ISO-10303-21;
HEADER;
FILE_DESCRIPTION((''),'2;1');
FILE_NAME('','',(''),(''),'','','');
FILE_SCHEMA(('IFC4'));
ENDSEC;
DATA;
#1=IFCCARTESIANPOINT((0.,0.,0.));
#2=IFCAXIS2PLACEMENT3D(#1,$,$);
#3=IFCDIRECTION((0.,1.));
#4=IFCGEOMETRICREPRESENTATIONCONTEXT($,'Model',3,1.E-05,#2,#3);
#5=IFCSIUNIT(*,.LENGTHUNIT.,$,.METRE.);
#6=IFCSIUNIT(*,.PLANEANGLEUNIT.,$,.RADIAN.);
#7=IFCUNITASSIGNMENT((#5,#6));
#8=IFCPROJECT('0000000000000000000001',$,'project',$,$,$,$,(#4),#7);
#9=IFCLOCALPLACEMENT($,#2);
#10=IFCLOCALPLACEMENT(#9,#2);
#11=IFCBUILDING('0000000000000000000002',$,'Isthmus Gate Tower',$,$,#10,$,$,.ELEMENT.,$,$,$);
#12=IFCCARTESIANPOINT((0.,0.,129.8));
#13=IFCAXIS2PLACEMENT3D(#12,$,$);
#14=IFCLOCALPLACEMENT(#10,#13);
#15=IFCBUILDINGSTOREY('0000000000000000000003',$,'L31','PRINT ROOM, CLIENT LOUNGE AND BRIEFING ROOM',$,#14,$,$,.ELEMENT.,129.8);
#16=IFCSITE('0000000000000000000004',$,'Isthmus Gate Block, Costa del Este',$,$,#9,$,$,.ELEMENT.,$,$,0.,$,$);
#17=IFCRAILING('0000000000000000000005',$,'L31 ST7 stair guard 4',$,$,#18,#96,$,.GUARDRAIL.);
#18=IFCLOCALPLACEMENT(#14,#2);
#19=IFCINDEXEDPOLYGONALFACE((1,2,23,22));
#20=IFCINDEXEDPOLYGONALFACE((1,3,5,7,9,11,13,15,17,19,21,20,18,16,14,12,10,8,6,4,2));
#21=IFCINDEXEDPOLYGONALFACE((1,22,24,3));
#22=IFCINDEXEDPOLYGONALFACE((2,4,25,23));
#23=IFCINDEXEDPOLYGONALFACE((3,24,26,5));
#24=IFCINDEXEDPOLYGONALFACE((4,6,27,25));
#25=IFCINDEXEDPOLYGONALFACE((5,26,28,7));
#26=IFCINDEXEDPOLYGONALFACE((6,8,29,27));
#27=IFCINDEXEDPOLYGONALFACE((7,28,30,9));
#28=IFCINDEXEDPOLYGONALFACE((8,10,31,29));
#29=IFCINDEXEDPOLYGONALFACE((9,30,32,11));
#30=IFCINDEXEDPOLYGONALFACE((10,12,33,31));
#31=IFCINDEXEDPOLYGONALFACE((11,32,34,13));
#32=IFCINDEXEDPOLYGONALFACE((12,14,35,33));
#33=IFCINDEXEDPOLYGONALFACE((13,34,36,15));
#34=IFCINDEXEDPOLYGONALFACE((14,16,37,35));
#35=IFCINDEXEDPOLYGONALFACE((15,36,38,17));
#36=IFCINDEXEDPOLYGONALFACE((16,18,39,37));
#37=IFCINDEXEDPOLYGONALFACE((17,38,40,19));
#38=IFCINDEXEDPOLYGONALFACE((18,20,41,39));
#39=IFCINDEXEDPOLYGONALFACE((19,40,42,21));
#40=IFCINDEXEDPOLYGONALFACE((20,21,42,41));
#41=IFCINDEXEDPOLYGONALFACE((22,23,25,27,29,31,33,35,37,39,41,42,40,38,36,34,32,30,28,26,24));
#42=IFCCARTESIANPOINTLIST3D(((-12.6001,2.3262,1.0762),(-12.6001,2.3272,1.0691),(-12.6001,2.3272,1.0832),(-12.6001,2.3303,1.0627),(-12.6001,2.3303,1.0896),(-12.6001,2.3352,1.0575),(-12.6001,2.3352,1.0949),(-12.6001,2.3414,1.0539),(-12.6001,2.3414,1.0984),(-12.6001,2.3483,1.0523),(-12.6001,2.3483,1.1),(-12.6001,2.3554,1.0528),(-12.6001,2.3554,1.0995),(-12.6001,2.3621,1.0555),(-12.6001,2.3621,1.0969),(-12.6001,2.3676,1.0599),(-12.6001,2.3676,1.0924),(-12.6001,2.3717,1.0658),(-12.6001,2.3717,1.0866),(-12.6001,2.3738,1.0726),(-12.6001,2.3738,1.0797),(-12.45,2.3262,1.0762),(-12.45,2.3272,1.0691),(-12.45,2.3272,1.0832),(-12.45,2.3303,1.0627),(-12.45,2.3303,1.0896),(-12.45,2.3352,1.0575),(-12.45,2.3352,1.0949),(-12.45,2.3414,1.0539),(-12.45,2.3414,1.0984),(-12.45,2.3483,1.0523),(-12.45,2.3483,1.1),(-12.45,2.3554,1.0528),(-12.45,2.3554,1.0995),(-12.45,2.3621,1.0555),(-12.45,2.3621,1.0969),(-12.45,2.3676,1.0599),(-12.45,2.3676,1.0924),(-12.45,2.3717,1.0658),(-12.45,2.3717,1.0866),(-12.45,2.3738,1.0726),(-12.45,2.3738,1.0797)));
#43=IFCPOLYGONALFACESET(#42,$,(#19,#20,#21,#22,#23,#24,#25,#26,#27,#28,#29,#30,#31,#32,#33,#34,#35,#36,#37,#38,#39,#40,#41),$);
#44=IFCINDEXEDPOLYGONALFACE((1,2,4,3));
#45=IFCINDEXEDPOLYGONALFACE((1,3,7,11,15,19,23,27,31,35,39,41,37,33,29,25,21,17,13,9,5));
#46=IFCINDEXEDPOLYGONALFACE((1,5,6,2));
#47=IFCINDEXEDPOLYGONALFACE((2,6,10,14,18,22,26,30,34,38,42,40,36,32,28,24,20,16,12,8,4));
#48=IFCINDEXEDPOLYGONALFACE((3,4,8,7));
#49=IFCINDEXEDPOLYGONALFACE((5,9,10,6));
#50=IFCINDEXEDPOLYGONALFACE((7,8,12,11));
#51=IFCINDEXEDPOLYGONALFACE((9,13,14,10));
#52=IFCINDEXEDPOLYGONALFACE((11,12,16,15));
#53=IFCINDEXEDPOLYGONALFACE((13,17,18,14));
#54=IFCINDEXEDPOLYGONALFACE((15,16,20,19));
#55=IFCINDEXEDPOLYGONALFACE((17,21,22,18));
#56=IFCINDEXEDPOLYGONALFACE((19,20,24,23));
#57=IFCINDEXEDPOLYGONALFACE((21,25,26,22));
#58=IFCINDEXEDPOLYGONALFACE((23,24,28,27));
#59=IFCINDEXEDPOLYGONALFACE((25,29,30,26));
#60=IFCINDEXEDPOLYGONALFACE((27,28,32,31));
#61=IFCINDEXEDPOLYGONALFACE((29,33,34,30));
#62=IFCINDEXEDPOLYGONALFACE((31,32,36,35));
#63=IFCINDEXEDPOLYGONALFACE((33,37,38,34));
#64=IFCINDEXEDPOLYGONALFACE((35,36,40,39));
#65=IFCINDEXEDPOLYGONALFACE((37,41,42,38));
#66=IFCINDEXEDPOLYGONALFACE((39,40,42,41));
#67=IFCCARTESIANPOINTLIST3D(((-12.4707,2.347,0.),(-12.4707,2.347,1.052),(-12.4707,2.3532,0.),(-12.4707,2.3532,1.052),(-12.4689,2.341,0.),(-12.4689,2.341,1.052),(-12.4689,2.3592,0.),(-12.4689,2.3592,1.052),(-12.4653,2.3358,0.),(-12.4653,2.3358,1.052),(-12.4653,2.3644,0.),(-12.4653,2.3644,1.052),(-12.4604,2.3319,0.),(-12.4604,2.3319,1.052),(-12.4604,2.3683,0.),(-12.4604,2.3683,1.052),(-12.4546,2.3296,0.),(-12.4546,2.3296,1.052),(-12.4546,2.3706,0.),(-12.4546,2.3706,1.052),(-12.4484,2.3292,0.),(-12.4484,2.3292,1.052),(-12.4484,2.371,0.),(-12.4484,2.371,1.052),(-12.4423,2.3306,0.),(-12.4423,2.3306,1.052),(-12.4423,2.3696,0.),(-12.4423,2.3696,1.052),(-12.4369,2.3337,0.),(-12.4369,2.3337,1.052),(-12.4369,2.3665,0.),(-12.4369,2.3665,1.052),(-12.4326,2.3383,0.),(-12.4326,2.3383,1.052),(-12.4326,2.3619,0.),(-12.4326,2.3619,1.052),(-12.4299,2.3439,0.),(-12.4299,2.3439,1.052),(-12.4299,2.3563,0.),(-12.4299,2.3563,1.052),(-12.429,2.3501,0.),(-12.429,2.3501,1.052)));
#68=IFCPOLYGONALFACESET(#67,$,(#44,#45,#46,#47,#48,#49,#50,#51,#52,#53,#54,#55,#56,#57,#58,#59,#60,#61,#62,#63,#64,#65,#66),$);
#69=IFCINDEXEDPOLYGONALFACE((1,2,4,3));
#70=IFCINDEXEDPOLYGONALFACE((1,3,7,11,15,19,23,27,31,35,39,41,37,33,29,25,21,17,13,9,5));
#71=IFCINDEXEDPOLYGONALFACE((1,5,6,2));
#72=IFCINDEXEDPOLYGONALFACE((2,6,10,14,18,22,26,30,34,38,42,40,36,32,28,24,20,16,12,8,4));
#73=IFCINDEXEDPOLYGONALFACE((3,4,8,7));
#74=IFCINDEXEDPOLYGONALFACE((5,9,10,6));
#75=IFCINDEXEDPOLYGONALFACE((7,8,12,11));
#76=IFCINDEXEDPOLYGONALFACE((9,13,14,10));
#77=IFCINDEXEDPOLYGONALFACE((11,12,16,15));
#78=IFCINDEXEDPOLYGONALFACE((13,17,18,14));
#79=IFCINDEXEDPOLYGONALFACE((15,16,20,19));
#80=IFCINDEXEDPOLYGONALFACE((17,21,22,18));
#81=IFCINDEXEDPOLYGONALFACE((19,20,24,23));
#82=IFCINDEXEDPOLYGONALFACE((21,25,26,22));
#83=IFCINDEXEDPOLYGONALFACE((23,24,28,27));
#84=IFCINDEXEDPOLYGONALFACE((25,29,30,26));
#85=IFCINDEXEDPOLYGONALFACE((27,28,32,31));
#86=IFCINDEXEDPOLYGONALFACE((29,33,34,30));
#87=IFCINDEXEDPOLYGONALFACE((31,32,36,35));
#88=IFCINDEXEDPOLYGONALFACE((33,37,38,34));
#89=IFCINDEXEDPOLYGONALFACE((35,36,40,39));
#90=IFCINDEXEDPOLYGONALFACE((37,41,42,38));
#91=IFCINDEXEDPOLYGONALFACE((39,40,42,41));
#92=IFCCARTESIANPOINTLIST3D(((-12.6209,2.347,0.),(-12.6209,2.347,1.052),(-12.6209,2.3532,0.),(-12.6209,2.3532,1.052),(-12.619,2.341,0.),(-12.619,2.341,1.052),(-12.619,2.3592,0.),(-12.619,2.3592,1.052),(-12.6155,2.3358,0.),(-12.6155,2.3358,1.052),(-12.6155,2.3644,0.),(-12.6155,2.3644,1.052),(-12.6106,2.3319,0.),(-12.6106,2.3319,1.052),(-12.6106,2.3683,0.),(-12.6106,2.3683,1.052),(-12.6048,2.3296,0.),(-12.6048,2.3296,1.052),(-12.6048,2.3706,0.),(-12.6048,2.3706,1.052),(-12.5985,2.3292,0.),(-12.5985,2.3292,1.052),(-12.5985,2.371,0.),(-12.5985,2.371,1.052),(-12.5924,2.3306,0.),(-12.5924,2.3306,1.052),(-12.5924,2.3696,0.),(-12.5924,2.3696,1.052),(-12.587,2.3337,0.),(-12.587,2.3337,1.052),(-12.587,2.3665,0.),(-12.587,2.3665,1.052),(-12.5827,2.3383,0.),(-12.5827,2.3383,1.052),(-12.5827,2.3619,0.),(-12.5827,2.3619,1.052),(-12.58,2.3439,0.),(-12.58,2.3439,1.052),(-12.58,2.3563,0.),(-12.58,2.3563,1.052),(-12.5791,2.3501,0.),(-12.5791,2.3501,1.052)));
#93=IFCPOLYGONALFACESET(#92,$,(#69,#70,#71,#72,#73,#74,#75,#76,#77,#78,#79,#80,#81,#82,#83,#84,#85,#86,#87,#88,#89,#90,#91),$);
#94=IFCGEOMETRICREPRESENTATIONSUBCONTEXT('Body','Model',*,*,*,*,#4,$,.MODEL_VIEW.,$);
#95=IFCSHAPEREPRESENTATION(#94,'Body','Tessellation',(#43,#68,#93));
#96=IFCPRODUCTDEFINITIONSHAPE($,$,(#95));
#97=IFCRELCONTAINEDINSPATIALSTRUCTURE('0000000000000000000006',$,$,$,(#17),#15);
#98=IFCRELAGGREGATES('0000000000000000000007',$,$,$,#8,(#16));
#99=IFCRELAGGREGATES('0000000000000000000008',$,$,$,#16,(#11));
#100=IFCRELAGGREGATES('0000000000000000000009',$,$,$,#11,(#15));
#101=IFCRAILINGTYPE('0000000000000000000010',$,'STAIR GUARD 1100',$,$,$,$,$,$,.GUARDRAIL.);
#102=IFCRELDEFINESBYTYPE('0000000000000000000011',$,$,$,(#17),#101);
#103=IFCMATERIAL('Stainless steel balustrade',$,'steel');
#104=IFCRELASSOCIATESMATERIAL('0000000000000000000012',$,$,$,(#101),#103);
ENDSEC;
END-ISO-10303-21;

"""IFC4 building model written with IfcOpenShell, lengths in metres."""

from ifc_helpers import new_model, si_unit, direction, frame, origin, origin_2d, place, context, subcontext, project, spatial, circle, extrude, material, type_object, element, save


model = new_model("IFC4")

# Units and contexts
model_context = context("Model", 3, precision=1e-05, world=origin(), true_north=direction((0.0, 1.0)))
body_context = subcontext(model_context, "Body", "Model", "MODEL_VIEW")
ifc_project = project(units=[si_unit("LENGTHUNIT", "METRE"), si_unit("PLANEANGLEUNIT", "RADIAN")], contexts=[model_context])

# Site, building, storey
site_placement = place(None, origin())
site = spatial("IfcSite", under=ifc_project, at=site_placement, Name="Isthmus Gate Block, Costa del Este", CompositionType="ELEMENT", RefElevation=0.0)
building_placement = place(site_placement, origin())
building = spatial("IfcBuilding", under=site, at=building_placement, Name="Isthmus Gate Tower", CompositionType="ELEMENT")
storey_placement = place(building_placement, frame((0.0, 0.0, 129.8)))
storey = spatial("IfcBuildingStorey", under=building, at=storey_placement, Name="L31", Description="PRINT ROOM, CLIENT LOUNGE AND BRIEFING ROOM", CompositionType="ELEMENT", Elevation=129.8)

# Railing
ifc_material_1 = material(Name="Stainless steel balustrade", Category="steel")
railing_type_1 = type_object("IfcRailingType", Name="STAIR GUARD 1100", PredefinedType="GUARDRAIL", material=ifc_material_1)
railing_1_placement = place(storey_placement, frame((-12.45, 2.3501, 0.0)))
element("IfcRailing", 1, at=railing_1_placement, inside=storey, type_object=railing_type_1, Name="L31 ST7 stair guard 4", PredefinedType="GUARDRAIL", context=body_context, shape_type="SweptSolid", body=[
    extrude(circle(Radius=0.0239, at=origin_2d()), frame((0.0, 0.0, 1.0762), z_axis=(-1.0, 0.0, 0.0), x_axis=(0.0, -1.0, 0.0)), (0.0, 0.0, 1.0), 0.1501),
    extrude(circle(Radius=0.021, at=origin_2d()), origin(), (0.0, 0.0, 1.0), 1.052),
    extrude(circle(Radius=0.021, at=origin_2d()), frame((-0.1501, 0.0, 0.0)), (0.0, 0.0, 1.0), 1.052),
])

save(model, "model.ifc")
